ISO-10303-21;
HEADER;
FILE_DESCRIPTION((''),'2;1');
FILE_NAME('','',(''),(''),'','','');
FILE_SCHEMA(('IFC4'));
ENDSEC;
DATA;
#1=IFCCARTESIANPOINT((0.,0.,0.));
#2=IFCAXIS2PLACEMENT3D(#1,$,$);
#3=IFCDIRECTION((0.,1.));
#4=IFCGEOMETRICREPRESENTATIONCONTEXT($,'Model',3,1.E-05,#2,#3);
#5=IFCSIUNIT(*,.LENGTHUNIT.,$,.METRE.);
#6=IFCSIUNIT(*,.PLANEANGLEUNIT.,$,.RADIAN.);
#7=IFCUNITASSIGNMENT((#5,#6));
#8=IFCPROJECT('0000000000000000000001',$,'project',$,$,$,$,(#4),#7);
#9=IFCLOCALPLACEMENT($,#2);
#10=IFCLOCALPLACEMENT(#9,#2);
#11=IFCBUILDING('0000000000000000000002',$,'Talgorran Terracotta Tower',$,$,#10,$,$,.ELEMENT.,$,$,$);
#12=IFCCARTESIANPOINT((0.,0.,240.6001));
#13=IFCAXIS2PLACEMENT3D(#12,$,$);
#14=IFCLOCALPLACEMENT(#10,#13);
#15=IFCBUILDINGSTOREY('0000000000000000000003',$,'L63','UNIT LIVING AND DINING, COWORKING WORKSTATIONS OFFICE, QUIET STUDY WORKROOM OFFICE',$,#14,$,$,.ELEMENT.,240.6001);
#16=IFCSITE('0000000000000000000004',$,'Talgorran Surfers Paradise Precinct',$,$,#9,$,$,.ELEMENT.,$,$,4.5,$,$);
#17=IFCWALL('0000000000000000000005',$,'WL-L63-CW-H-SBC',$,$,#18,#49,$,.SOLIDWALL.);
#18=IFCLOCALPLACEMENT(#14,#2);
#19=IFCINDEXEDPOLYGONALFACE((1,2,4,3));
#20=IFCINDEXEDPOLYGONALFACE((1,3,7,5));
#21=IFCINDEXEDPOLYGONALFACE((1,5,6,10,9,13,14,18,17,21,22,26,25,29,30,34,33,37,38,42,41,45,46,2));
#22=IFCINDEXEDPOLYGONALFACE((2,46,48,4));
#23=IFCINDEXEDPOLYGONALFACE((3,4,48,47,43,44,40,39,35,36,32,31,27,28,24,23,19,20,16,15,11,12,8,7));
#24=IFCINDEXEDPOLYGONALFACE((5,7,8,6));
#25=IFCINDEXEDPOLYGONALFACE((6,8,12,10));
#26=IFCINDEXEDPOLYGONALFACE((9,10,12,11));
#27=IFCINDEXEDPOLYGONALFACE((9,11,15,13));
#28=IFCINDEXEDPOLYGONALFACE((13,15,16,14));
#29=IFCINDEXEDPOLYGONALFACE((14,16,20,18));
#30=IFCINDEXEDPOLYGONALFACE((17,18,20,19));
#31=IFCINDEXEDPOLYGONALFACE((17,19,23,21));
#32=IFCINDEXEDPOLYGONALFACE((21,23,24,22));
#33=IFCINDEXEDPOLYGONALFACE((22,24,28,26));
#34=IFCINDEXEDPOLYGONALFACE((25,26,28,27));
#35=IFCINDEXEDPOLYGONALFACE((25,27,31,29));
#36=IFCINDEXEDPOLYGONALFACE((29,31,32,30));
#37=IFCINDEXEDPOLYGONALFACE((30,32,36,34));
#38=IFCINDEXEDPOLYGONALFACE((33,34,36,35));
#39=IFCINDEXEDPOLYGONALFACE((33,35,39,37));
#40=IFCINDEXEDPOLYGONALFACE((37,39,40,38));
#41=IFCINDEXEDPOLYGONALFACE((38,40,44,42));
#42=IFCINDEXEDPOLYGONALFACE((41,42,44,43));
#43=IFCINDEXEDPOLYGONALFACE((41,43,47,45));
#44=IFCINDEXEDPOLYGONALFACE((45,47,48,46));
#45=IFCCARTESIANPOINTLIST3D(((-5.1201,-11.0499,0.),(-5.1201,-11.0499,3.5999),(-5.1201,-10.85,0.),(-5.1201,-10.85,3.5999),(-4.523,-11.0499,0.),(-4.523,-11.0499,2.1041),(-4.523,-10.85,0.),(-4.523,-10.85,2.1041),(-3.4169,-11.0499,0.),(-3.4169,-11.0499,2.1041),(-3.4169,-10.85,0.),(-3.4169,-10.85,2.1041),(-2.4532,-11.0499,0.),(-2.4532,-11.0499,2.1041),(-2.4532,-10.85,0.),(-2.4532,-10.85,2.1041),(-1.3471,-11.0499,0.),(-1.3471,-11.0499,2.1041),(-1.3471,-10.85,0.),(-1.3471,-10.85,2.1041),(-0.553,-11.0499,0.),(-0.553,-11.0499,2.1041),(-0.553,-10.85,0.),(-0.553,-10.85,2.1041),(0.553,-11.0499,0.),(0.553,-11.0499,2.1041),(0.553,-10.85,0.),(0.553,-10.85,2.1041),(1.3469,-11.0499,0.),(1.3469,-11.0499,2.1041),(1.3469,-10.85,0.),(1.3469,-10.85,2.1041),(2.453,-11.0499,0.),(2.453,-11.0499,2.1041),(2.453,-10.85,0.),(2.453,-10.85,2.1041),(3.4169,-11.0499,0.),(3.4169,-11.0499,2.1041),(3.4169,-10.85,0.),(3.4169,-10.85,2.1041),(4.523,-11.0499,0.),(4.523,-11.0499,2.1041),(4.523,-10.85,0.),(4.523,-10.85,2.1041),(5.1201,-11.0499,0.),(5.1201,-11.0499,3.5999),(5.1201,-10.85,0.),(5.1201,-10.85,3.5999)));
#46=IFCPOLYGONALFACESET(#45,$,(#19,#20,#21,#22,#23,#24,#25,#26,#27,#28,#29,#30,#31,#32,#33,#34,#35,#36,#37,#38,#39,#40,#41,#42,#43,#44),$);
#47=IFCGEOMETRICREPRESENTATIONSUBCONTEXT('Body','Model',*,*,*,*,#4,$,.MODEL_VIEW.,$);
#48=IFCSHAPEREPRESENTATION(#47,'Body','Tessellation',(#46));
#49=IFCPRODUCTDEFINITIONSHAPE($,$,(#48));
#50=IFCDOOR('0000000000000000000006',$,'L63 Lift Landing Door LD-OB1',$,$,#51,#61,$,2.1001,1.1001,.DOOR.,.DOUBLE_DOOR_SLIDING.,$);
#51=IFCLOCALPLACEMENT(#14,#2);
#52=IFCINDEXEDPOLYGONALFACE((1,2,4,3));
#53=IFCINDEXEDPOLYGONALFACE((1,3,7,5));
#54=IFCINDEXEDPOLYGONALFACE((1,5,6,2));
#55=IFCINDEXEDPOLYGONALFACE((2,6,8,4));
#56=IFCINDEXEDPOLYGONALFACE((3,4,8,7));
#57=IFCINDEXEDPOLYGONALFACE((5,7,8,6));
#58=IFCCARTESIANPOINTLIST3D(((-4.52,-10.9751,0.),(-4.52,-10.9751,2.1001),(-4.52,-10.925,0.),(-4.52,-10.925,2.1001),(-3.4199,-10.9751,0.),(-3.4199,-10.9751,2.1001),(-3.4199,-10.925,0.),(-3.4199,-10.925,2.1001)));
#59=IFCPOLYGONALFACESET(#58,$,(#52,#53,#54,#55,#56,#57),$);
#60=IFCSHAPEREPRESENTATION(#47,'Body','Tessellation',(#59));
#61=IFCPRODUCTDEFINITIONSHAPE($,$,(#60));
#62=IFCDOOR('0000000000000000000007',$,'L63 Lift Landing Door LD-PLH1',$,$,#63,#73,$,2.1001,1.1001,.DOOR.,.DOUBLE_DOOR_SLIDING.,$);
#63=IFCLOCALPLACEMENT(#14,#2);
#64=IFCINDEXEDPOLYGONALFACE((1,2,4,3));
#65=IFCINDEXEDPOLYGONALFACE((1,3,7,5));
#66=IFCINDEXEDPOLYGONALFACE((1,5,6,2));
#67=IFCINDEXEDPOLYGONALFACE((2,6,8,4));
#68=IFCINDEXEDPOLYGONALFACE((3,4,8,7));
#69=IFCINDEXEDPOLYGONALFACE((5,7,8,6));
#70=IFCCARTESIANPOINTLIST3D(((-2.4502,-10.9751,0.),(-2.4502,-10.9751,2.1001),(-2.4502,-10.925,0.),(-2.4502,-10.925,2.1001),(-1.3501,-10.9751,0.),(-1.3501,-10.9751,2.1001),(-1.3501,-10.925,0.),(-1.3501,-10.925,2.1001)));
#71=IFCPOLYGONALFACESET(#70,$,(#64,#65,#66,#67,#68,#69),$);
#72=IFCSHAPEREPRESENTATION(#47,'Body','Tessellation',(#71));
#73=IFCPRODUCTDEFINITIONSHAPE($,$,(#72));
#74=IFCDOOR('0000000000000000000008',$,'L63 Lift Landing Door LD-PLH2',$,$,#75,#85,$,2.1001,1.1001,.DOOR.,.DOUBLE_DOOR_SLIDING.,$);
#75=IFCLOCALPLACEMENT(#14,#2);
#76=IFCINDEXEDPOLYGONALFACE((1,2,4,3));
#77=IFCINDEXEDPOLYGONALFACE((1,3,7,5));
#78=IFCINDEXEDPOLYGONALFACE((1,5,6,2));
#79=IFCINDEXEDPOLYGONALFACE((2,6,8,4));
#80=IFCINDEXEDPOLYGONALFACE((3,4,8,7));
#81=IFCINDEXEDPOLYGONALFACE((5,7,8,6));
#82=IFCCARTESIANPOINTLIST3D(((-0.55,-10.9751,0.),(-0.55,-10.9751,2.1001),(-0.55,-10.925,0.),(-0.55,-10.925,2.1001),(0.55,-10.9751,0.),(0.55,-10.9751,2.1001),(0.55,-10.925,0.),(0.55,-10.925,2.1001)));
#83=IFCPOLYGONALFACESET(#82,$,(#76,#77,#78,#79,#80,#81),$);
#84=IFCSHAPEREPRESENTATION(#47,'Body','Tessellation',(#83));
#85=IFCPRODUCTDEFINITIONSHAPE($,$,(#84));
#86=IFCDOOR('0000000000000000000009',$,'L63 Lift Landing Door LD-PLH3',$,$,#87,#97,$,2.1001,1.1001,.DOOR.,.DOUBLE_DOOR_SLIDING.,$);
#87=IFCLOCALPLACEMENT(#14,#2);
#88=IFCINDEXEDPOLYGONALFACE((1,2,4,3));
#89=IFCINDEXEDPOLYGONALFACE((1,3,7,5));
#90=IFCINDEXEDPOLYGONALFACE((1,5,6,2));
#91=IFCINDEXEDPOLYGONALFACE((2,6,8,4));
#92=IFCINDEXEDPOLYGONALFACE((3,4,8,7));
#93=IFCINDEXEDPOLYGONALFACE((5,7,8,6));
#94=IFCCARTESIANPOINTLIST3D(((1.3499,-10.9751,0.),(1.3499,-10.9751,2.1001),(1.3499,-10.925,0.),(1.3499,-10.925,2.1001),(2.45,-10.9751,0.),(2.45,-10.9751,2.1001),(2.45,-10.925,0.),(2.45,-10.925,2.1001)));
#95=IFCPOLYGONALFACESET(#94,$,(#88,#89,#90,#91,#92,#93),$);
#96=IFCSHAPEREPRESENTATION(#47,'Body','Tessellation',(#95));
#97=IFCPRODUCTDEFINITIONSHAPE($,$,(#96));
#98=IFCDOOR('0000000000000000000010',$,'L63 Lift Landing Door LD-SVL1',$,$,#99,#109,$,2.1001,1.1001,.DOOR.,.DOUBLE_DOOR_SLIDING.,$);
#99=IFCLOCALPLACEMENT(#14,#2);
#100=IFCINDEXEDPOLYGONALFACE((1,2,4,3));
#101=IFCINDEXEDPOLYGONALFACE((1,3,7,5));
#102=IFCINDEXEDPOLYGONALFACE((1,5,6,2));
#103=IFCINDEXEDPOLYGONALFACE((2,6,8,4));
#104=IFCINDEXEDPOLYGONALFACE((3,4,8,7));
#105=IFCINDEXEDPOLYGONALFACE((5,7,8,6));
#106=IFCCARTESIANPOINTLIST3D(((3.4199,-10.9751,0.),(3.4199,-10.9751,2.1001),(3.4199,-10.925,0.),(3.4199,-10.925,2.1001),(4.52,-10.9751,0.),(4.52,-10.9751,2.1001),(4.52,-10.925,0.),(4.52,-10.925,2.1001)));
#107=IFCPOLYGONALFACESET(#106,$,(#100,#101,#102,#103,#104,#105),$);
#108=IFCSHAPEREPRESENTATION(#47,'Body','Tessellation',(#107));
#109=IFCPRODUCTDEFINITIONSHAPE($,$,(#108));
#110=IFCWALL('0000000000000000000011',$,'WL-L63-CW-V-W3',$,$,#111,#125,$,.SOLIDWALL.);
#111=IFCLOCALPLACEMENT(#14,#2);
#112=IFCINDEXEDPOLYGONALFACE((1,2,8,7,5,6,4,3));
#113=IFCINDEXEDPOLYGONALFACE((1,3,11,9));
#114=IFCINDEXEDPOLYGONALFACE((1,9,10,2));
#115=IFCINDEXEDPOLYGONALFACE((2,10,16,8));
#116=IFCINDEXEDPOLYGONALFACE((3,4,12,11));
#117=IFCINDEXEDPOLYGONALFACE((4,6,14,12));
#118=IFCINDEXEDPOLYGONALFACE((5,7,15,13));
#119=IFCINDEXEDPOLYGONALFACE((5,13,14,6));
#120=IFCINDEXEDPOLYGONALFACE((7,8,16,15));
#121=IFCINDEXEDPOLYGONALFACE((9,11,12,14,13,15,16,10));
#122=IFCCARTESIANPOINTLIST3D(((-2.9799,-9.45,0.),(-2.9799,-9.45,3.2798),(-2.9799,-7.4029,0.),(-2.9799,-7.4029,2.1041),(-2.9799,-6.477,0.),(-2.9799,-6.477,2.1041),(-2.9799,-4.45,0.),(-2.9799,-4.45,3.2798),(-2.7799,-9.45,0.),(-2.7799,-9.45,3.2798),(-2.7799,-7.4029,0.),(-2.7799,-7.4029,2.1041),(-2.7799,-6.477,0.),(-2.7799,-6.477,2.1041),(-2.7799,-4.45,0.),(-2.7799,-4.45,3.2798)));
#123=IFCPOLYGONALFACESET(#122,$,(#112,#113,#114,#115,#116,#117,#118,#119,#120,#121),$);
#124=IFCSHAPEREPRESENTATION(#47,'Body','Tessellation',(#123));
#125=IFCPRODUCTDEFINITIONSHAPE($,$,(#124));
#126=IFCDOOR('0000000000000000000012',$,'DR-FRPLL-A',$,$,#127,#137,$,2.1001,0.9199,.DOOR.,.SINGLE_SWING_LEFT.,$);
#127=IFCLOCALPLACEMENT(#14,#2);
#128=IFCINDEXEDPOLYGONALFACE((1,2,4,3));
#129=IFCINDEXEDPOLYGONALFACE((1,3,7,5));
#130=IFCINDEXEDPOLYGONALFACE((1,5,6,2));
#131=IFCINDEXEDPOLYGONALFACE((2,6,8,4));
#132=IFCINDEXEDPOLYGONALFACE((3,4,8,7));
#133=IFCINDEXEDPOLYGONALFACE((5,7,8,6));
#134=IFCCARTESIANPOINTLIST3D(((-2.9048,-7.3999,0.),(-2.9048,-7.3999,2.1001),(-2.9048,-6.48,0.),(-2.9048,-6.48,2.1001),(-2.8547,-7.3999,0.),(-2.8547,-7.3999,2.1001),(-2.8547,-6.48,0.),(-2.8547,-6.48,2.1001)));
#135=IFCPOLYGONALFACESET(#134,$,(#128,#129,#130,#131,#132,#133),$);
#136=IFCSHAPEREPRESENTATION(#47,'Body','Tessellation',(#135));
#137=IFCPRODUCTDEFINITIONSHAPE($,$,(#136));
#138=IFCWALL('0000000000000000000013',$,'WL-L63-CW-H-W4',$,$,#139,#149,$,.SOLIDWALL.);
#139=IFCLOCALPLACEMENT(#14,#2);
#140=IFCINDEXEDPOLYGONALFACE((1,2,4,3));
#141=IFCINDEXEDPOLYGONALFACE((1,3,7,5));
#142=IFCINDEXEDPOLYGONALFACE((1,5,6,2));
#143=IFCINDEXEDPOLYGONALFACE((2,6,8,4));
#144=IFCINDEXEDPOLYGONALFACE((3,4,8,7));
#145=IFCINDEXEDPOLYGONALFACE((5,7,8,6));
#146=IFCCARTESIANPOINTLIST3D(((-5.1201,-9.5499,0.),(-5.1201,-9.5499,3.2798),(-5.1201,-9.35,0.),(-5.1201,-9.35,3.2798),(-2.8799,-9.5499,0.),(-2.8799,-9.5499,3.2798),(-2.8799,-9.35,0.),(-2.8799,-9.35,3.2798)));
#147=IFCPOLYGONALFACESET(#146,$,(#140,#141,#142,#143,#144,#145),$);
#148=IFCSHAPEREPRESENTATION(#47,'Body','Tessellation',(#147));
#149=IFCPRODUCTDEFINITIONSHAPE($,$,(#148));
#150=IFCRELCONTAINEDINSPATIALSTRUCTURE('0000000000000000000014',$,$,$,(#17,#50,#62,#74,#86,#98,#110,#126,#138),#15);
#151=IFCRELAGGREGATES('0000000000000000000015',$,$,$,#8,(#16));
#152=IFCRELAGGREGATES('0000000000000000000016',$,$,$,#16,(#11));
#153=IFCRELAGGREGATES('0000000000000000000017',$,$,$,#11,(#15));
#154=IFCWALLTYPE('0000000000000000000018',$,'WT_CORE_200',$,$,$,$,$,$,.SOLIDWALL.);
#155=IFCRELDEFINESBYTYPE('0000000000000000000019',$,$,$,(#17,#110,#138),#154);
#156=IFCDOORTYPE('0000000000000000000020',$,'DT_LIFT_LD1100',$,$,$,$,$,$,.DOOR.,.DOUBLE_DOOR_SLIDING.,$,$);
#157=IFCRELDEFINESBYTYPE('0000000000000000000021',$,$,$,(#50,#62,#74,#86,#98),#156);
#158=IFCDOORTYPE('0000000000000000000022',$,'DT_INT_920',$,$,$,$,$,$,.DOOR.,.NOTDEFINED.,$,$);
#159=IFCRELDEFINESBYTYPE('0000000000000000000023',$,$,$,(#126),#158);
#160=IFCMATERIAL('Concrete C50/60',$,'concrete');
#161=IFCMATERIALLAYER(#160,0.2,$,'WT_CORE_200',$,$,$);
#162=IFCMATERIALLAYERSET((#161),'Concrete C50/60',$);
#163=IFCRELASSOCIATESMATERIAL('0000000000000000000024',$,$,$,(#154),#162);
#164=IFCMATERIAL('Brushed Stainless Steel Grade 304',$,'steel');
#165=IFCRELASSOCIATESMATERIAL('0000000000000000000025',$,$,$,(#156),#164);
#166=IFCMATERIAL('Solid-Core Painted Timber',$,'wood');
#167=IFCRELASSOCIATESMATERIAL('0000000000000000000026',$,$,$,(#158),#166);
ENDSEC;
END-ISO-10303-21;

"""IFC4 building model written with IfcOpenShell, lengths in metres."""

from ifc_helpers import new_model, si_unit, direction, frame, frame_2d, origin, place, context, subcontext, project, spatial, rectangle, extrude, material, layer, layer_set, type_object, element, fill, save


model = new_model("IFC4")

# Units and contexts
model_context = context("Model", 3, precision=1e-05, world=origin(), true_north=direction((0.0, 1.0)))
body_context = subcontext(model_context, "Body", "Model", "MODEL_VIEW")
ifc_project = project(units=[si_unit("LENGTHUNIT", "METRE"), si_unit("PLANEANGLEUNIT", "RADIAN")], contexts=[model_context])

# Site, building, storey
site_placement = place(None, origin())
site = spatial("IfcSite", under=ifc_project, at=site_placement, Name="Talgorran Surfers Paradise Precinct", CompositionType="ELEMENT", RefElevation=4.5)
building_placement = place(site_placement, origin())
building = spatial("IfcBuilding", under=site, at=building_placement, Name="Talgorran Terracotta Tower", CompositionType="ELEMENT")
storey_placement = place(building_placement, frame((0.0, 0.0, 240.6001)))
storey = spatial("IfcBuildingStorey", under=building, at=storey_placement, Name="L63", Description="UNIT LIVING AND DINING, COWORKING WORKSTATIONS OFFICE, QUIET STUDY WORKROOM OFFICE", CompositionType="ELEMENT", Elevation=240.6001)

# Shared definitions
ifc_material_1 = material(Name="Concrete C50/60", Category="concrete")

# Wall, openings, doors
ifc_layer_1 = layer(ifc_material_1, 0.2, Name="WT_CORE_200")
ifc_layer_set_1 = layer_set([ifc_layer_1], Name="Concrete C50/60")
wall_type_1 = type_object("IfcWallType", Name="WT_CORE_200", PredefinedType="SOLIDWALL", material=ifc_layer_set_1)
ifc_material_2 = material(Name="Brushed Stainless Steel Grade 304", Category="steel")
door_type_1 = type_object("IfcDoorType", Name="DT_LIFT_LD1100", OperationType="DOUBLE_DOOR_SLIDING", PredefinedType="DOOR", material=ifc_material_2)
wall_1_placement = place(storey_placement, frame((-5.1201, -10.95, 0.0), z_axis=(0.0, 0.0, 1.0), x_axis=(1.0, 0.0, 0.0)))
wall_1 = element("IfcWall", 1, at=wall_1_placement, inside=storey, type_object=wall_type_1, Name="WL-L63-CW-H-SBC", PredefinedType="SOLIDWALL", context=body_context, shape_type="SweptSolid", body=[
    extrude(rectangle(XDim=10.2402, YDim=0.2, at=frame_2d((5.1201, 0.0))), origin(), (0.0, 0.0, 1.0), 3.5999),
])
opening_1_placement = place(wall_1_placement, frame((0.6001, 0.0, 0.0)))
opening_1 = element("IfcOpeningElement", 2, at=opening_1_placement, cuts=wall_1, PredefinedType="OPENING", context=body_context, shape_type="SweptSolid", body=[
    extrude(rectangle(XDim=1.1061, YDim=2.1041, at=frame_2d((0.55, 1.052))), frame((0.0, 0.1099, 0.0), z_axis=(0.0, -1.0, 0.0), x_axis=(1.0, 0.0, 0.0)), (0.0, 0.0, 1.0), 0.22),
])
opening_2_placement = place(wall_1_placement, frame((2.6699, 0.0, 0.0)))
opening_2 = element("IfcOpeningElement", 3, at=opening_2_placement, cuts=wall_1, PredefinedType="OPENING", context=body_context, shape_type="SweptSolid", body=[
    extrude(rectangle(XDim=1.1061, YDim=2.1041, at=frame_2d((0.55, 1.052))), frame((0.0, 0.1099, 0.0), z_axis=(0.0, -1.0, 0.0), x_axis=(1.0, 0.0, 0.0)), (0.0, 0.0, 1.0), 0.22),
])
opening_3_placement = place(wall_1_placement, frame((4.5701, 0.0, 0.0)))
opening_3 = element("IfcOpeningElement", 4, at=opening_3_placement, cuts=wall_1, PredefinedType="OPENING", context=body_context, shape_type="SweptSolid", body=[
    extrude(rectangle(XDim=1.1061, YDim=2.1041, at=frame_2d((0.55, 1.052))), frame((0.0, 0.1099, 0.0), z_axis=(0.0, -1.0, 0.0), x_axis=(1.0, 0.0, 0.0)), (0.0, 0.0, 1.0), 0.22),
])
opening_4_placement = place(wall_1_placement, frame((6.47, 0.0, 0.0)))
opening_4 = element("IfcOpeningElement", 5, at=opening_4_placement, cuts=wall_1, PredefinedType="OPENING", context=body_context, shape_type="SweptSolid", body=[
    extrude(rectangle(XDim=1.1061, YDim=2.1041, at=frame_2d((0.55, 1.052))), frame((0.0, 0.1099, 0.0), z_axis=(0.0, -1.0, 0.0), x_axis=(1.0, 0.0, 0.0)), (0.0, 0.0, 1.0), 0.22),
])
opening_5_placement = place(wall_1_placement, frame((8.54, 0.0, 0.0)))
opening_5 = element("IfcOpeningElement", 6, at=opening_5_placement, cuts=wall_1, PredefinedType="OPENING", context=body_context, shape_type="SweptSolid", body=[
    extrude(rectangle(XDim=1.1061, YDim=2.1041, at=frame_2d((0.55, 1.052))), frame((0.0, 0.1099, 0.0), z_axis=(0.0, -1.0, 0.0), x_axis=(1.0, 0.0, 0.0)), (0.0, 0.0, 1.0), 0.22),
])
door_1_placement = place(opening_1_placement, origin())
door_1 = element("IfcDoor", 7, at=door_1_placement, inside=storey, type_object=door_type_1, Name="L63 Lift Landing Door LD-OB1", OperationType="DOUBLE_DOOR_SLIDING", OverallHeight=2.1001, OverallWidth=1.1001, PredefinedType="DOOR", context=body_context, shape_type="SweptSolid", body=[
    extrude(rectangle(XDim=1.1001, YDim=2.1001, at=frame_2d((0.55, 1.05))), frame((0.0, 0.0249, 0.0), z_axis=(0.0, -1.0, 0.0), x_axis=(1.0, 0.0, 0.0)), (0.0, 0.0, 1.0), 0.05),
])
fill(opening_1, door_1)
door_2_placement = place(opening_2_placement, origin())
door_2 = element("IfcDoor", 8, at=door_2_placement, inside=storey, type_object=door_type_1, Name="L63 Lift Landing Door LD-PLH1", OperationType="DOUBLE_DOOR_SLIDING", OverallHeight=2.1001, OverallWidth=1.1001, PredefinedType="DOOR", context=body_context, shape_type="SweptSolid", body=[
    extrude(rectangle(XDim=1.1001, YDim=2.1001, at=frame_2d((0.55, 1.05))), frame((0.0, 0.0249, 0.0), z_axis=(0.0, -1.0, 0.0), x_axis=(1.0, 0.0, 0.0)), (0.0, 0.0, 1.0), 0.05),
])
fill(opening_2, door_2)
door_3_placement = place(opening_3_placement, origin())
door_3 = element("IfcDoor", 9, at=door_3_placement, inside=storey, type_object=door_type_1, Name="L63 Lift Landing Door LD-PLH2", OperationType="DOUBLE_DOOR_SLIDING", OverallHeight=2.1001, OverallWidth=1.1001, PredefinedType="DOOR", context=body_context, shape_type="SweptSolid", body=[
    extrude(rectangle(XDim=1.1001, YDim=2.1001, at=frame_2d((0.55, 1.05))), frame((0.0, 0.0249, 0.0), z_axis=(0.0, -1.0, 0.0), x_axis=(1.0, 0.0, 0.0)), (0.0, 0.0, 1.0), 0.05),
])
fill(opening_3, door_3)
door_4_placement = place(opening_4_placement, origin())
door_4 = element("IfcDoor", 10, at=door_4_placement, inside=storey, type_object=door_type_1, Name="L63 Lift Landing Door LD-PLH3", OperationType="DOUBLE_DOOR_SLIDING", OverallHeight=2.1001, OverallWidth=1.1001, PredefinedType="DOOR", context=body_context, shape_type="SweptSolid", body=[
    extrude(rectangle(XDim=1.1001, YDim=2.1001, at=frame_2d((0.55, 1.05))), frame((0.0, 0.0249, 0.0), z_axis=(0.0, -1.0, 0.0), x_axis=(1.0, 0.0, 0.0)), (0.0, 0.0, 1.0), 0.05),
])
fill(opening_4, door_4)
door_5_placement = place(opening_5_placement, origin())
door_5 = element("IfcDoor", 11, at=door_5_placement, inside=storey, type_object=door_type_1, Name="L63 Lift Landing Door LD-SVL1", OperationType="DOUBLE_DOOR_SLIDING", OverallHeight=2.1001, OverallWidth=1.1001, PredefinedType="DOOR", context=body_context, shape_type="SweptSolid", body=[
    extrude(rectangle(XDim=1.1001, YDim=2.1001, at=frame_2d((0.55, 1.05))), frame((0.0, 0.0249, 0.0), z_axis=(0.0, -1.0, 0.0), x_axis=(1.0, 0.0, 0.0)), (0.0, 0.0, 1.0), 0.05),
])
fill(opening_5, door_5)

# Wall, opening, door
wall_2_placement = place(storey_placement, frame((-2.8799, -9.45, 0.0), z_axis=(0.0, 0.0, 1.0), x_axis=(0.0, 1.0, 0.0)))
wall_2 = element("IfcWall", 12, at=wall_2_placement, inside=storey, type_object=wall_type_1, Name="WL-L63-CW-V-W3", PredefinedType="SOLIDWALL", context=body_context, shape_type="SweptSolid", body=[
    extrude(rectangle(XDim=5.0, YDim=0.2, at=frame_2d((2.5, 0.0))), origin(), (0.0, 0.0, 1.0), 3.2798),
])
opening_6_placement = place(wall_2_placement, frame((2.05, 0.0, 0.0)))
opening_6 = element("IfcOpeningElement", 13, at=opening_6_placement, cuts=wall_2, PredefinedType="OPENING", context=body_context, shape_type="SweptSolid", body=[
    extrude(rectangle(XDim=0.9259, YDim=2.1041, at=frame_2d((0.46, 1.052))), frame((0.0, 0.1099, 0.0), z_axis=(0.0, -1.0, 0.0), x_axis=(1.0, 0.0, 0.0)), (0.0, 0.0, 1.0), 0.22),
])
ifc_material_3 = material(Name="Solid-Core Painted Timber", Category="wood")
door_type_2 = type_object("IfcDoorType", Name="DT_INT_920", OperationType="NOTDEFINED", PredefinedType="DOOR", material=ifc_material_3)
door_6_placement = place(opening_6_placement, origin())
door_6 = element("IfcDoor", 14, at=door_6_placement, inside=storey, type_object=door_type_2, Name="DR-FRPLL-A", OperationType="SINGLE_SWING_LEFT", OverallHeight=2.1001, OverallWidth=0.9199, PredefinedType="DOOR", context=body_context, shape_type="SweptSolid", body=[
    extrude(rectangle(XDim=0.9199, YDim=2.1001, at=frame_2d((0.46, 1.05))), frame((0.0, 0.0249, 0.0), z_axis=(0.0, -1.0, 0.0), x_axis=(1.0, 0.0, 0.0)), (0.0, 0.0, 1.0), 0.05),
])
fill(opening_6, door_6)

# Wall
wall_3_placement = place(storey_placement, frame((-5.1201, -9.45, 0.0), z_axis=(0.0, 0.0, 1.0), x_axis=(1.0, 0.0, 0.0)))
element("IfcWall", 15, at=wall_3_placement, inside=storey, type_object=wall_type_1, Name="WL-L63-CW-H-W4", PredefinedType="SOLIDWALL", context=body_context, shape_type="SweptSolid", body=[
    extrude(rectangle(XDim=2.2402, YDim=0.2, at=frame_2d((1.1201, 0.0))), origin(), (0.0, 0.0, 1.0), 3.2798),
])

save(model, "model.ifc")
